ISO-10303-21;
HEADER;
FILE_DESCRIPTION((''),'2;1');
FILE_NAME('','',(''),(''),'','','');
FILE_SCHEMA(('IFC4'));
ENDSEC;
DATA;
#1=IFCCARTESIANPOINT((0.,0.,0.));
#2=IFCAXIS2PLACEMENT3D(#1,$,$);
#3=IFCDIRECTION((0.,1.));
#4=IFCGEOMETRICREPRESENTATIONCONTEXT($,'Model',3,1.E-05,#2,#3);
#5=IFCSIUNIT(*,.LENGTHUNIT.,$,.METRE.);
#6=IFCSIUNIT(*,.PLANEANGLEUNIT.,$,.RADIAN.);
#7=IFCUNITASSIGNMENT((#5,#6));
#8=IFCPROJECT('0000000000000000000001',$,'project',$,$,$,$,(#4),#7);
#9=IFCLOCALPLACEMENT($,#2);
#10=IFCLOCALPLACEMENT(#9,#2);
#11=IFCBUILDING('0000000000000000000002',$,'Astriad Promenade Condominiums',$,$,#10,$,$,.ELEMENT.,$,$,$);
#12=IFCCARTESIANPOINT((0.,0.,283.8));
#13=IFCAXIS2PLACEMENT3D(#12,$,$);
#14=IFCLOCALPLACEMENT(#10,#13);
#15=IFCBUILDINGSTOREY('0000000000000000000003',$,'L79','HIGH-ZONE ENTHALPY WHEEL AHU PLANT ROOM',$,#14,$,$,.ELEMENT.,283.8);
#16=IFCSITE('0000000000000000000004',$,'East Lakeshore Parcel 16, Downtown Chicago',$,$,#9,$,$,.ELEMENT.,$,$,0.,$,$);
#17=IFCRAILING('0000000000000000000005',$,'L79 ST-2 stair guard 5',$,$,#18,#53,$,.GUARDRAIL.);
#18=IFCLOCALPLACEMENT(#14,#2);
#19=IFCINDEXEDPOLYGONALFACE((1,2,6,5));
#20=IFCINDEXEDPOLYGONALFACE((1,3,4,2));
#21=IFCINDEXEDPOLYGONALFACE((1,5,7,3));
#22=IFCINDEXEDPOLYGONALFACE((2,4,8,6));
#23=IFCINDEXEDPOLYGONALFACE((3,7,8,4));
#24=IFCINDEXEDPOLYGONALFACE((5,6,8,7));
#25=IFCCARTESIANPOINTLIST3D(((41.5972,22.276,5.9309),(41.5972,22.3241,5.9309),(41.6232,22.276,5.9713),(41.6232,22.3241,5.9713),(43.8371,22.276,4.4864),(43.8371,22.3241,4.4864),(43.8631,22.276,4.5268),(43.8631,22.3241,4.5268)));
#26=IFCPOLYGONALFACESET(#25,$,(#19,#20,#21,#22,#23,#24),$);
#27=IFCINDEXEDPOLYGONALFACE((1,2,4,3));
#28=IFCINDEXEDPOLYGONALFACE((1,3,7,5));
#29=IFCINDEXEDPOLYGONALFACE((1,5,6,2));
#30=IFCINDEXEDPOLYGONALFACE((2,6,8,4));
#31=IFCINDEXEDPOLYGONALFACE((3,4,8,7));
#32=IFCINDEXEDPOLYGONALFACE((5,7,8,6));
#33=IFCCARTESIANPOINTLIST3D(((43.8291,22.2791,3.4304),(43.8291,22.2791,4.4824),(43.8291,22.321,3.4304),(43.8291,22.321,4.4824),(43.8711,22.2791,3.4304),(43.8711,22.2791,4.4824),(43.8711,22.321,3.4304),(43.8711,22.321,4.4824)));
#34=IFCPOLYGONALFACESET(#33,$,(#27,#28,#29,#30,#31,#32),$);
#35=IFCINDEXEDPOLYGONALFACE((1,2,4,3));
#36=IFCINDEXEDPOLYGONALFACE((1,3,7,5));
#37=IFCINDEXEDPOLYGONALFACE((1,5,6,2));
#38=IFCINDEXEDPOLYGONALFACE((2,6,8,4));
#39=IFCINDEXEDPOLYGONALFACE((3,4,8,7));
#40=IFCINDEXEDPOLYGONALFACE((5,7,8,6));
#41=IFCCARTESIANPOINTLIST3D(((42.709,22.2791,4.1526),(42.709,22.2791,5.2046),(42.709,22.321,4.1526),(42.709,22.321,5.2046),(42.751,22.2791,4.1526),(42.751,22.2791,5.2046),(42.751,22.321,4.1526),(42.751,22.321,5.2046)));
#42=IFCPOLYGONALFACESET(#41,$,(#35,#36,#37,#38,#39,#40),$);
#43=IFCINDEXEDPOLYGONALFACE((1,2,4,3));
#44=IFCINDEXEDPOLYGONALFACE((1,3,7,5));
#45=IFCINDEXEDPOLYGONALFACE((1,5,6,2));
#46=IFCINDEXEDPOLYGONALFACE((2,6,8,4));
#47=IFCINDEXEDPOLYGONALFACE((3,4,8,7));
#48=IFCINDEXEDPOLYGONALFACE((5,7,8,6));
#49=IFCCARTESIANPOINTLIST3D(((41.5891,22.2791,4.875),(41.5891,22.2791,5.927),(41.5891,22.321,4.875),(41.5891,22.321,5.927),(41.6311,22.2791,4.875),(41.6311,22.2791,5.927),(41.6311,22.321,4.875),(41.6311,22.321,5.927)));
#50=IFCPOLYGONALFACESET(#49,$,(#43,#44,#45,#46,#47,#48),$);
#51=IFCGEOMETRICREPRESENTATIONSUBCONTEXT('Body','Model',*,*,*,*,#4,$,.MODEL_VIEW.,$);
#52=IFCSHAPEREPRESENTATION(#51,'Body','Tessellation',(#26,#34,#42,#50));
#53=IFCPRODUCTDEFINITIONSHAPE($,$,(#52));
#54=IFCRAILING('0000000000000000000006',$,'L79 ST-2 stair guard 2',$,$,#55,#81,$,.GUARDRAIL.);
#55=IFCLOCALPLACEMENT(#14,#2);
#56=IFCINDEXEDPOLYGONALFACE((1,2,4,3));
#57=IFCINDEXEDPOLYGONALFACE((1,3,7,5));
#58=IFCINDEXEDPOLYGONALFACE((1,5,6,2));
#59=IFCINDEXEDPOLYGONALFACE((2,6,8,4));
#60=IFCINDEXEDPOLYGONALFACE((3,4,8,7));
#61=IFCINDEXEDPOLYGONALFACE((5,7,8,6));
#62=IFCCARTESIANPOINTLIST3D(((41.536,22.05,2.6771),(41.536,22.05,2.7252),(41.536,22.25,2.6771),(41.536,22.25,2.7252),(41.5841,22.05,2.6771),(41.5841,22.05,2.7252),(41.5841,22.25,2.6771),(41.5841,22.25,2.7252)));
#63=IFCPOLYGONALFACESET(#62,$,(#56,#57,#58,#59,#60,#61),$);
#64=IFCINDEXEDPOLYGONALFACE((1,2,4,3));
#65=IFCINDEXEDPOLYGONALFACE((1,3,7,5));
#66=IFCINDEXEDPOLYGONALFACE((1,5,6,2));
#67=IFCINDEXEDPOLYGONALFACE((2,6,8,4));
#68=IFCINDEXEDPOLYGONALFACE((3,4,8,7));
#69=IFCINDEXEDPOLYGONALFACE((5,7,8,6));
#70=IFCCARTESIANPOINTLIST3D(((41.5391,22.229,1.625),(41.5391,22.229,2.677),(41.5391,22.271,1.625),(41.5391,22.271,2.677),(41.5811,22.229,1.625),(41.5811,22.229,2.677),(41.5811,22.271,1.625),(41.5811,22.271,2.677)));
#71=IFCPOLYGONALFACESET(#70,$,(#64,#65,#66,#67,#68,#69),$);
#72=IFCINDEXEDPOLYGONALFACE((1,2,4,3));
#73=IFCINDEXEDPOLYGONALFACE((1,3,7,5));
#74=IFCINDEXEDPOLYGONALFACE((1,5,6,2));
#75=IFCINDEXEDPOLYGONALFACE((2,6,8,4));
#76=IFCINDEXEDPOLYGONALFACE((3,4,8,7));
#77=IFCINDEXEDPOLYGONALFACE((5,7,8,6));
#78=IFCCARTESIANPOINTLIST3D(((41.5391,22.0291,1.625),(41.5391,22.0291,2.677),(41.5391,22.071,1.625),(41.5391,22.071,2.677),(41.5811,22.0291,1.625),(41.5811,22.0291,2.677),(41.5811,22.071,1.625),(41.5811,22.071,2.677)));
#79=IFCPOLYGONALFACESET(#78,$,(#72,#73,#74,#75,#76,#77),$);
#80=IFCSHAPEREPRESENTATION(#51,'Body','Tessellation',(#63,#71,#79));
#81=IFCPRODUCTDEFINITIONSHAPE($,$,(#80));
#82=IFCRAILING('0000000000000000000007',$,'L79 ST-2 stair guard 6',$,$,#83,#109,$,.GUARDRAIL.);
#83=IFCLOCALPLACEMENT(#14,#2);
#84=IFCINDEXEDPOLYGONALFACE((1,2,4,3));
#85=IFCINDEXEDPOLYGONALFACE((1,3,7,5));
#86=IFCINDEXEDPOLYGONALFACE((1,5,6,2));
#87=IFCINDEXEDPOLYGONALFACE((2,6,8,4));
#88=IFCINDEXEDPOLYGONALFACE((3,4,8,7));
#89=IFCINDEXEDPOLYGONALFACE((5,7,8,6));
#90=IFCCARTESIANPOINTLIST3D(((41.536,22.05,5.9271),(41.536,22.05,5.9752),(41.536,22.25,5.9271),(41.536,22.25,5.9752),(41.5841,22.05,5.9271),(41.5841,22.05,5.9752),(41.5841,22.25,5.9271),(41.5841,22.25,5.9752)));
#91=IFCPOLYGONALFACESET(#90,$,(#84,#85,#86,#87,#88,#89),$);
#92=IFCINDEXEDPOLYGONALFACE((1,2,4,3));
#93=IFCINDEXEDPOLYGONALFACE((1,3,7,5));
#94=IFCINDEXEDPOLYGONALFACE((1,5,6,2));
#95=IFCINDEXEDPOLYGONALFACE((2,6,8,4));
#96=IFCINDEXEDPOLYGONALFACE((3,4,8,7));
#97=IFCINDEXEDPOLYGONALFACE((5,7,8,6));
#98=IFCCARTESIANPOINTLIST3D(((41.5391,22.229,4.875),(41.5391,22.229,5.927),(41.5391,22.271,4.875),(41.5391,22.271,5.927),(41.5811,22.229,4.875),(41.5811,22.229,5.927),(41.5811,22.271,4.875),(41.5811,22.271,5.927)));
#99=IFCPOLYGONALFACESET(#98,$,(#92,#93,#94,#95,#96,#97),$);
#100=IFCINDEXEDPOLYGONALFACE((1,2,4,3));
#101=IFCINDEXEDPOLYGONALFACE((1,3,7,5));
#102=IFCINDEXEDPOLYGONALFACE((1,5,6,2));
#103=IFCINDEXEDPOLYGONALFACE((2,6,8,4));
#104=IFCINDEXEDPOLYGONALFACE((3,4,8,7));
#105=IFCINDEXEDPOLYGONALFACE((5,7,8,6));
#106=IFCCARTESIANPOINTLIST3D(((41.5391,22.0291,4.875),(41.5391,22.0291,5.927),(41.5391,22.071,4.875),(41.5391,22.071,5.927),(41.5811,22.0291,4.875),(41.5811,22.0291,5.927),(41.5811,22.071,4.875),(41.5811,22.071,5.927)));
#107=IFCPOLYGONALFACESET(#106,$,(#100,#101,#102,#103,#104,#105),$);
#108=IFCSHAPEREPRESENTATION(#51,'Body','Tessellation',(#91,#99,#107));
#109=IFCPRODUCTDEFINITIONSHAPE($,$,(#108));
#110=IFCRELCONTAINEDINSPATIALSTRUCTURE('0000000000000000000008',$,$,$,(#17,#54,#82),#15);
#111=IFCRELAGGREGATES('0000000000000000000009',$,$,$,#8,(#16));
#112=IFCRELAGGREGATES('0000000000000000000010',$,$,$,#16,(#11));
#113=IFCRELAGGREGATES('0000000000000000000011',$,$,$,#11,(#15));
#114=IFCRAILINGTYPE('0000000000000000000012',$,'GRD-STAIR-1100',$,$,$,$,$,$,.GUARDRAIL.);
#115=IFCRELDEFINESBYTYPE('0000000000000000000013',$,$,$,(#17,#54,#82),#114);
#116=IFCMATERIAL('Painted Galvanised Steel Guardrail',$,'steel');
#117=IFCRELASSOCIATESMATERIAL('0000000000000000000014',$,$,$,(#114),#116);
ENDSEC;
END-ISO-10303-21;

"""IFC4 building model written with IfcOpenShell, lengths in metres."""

from ifc_helpers import new_model, si_unit, direction, frame, origin, origin_2d, place, context, subcontext, project, spatial, rectangle, extrude, source, transform, mapped, material, type_object, element, save


model = new_model("IFC4")

# Units and contexts
model_context = context("Model", 3, precision=1e-05, world=origin(), true_north=direction((0.0, 1.0)))
body_context = subcontext(model_context, "Body", "Model", "MODEL_VIEW")
ifc_project = project(units=[si_unit("LENGTHUNIT", "METRE"), si_unit("PLANEANGLEUNIT", "RADIAN")], contexts=[model_context])

# Site, building, storey
site_placement = place(None, origin())
site = spatial("IfcSite", under=ifc_project, at=site_placement, Name="East Lakeshore Parcel 16, Downtown Chicago", CompositionType="ELEMENT", RefElevation=0.0)
building_placement = place(site_placement, origin())
building = spatial("IfcBuilding", under=site, at=building_placement, Name="Astriad Promenade Condominiums", CompositionType="ELEMENT")
storey_placement = place(building_placement, frame((0.0, 0.0, 283.8)))
storey = spatial("IfcBuildingStorey", under=building, at=storey_placement, Name="L79", Description="HIGH-ZONE ENTHALPY WHEEL AHU PLANT ROOM", CompositionType="ELEMENT", Elevation=283.8)

# Railings
ifc_material_1 = material(Name="Painted Galvanised Steel Guardrail", Category="steel")
railing_type = type_object("IfcRailingType", Name="GRD-STAIR-1100", PredefinedType="GUARDRAIL", material=ifc_material_1)
shared_shape_1 = source(origin(), body_context, "Body", "SweptSolid", [
    extrude(rectangle(XDim=0.0481, YDim=0.0481, at=origin_2d()), frame((0.0, 0.0, 1.0762), z_axis=(-0.840395, 0.0, 0.541975), x_axis=(0.0, -1.0, 0.0)), (0.0, 0.0, 1.0), 2.6653),
    extrude(rectangle(XDim=0.042, YDim=0.042, at=origin_2d()), origin(), (0.0, 0.0, 1.0), 1.052),
    extrude(rectangle(XDim=0.042, YDim=0.042, at=origin_2d()), frame((-1.1201, 0.0, 0.7222)), (0.0, 0.0, 1.0), 1.052),
    extrude(rectangle(XDim=0.042, YDim=0.042, at=origin_2d()), frame((-2.24, 0.0, 1.4446)), (0.0, 0.0, 1.0), 1.052),
])
for number, where, name in (
    (1, (43.8501, 22.3, 3.4304), "L79 ST-2 stair guard 5"),
):
    element("IfcRailing", number, at=place(storey_placement, frame(where)), inside=storey, type_object=railing_type, Name=name, PredefinedType="GUARDRAIL", context=body_context, shape_type="MappedRepresentation", body=[
        mapped(shared_shape_1, transform((0.0, 0.0, 0.0), scale=1.0)),
    ])
shared_shape_2 = source(origin(), body_context, "Body", "SweptSolid", [
    extrude(rectangle(XDim=0.0481, YDim=0.0481, at=origin_2d()), frame((0.0, 0.0, 1.0762), z_axis=(0.0, -1.0, 0.0), x_axis=(1.0, 0.0, 0.0)), (0.0, 0.0, 1.0), 0.2),
    extrude(rectangle(XDim=0.042, YDim=0.042, at=origin_2d()), origin(), (0.0, 0.0, 1.0), 1.052),
    extrude(rectangle(XDim=0.042, YDim=0.042, at=origin_2d()), frame((0.0, -0.2, 0.0)), (0.0, 0.0, 1.0), 1.052),
])
for number, where, name in (
    (2, (41.5601, 22.25, 1.625), "L79 ST-2 stair guard 2"),
    (3, (41.5601, 22.25, 4.875), "L79 ST-2 stair guard 6"),
):
    element("IfcRailing", number, at=place(storey_placement, frame(where)), inside=storey, type_object=railing_type, Name=name, PredefinedType="GUARDRAIL", context=body_context, shape_type="MappedRepresentation", body=[
        mapped(shared_shape_2, transform((0.0, 0.0, 0.0), scale=1.0)),
    ])

save(model, "model.ifc")
